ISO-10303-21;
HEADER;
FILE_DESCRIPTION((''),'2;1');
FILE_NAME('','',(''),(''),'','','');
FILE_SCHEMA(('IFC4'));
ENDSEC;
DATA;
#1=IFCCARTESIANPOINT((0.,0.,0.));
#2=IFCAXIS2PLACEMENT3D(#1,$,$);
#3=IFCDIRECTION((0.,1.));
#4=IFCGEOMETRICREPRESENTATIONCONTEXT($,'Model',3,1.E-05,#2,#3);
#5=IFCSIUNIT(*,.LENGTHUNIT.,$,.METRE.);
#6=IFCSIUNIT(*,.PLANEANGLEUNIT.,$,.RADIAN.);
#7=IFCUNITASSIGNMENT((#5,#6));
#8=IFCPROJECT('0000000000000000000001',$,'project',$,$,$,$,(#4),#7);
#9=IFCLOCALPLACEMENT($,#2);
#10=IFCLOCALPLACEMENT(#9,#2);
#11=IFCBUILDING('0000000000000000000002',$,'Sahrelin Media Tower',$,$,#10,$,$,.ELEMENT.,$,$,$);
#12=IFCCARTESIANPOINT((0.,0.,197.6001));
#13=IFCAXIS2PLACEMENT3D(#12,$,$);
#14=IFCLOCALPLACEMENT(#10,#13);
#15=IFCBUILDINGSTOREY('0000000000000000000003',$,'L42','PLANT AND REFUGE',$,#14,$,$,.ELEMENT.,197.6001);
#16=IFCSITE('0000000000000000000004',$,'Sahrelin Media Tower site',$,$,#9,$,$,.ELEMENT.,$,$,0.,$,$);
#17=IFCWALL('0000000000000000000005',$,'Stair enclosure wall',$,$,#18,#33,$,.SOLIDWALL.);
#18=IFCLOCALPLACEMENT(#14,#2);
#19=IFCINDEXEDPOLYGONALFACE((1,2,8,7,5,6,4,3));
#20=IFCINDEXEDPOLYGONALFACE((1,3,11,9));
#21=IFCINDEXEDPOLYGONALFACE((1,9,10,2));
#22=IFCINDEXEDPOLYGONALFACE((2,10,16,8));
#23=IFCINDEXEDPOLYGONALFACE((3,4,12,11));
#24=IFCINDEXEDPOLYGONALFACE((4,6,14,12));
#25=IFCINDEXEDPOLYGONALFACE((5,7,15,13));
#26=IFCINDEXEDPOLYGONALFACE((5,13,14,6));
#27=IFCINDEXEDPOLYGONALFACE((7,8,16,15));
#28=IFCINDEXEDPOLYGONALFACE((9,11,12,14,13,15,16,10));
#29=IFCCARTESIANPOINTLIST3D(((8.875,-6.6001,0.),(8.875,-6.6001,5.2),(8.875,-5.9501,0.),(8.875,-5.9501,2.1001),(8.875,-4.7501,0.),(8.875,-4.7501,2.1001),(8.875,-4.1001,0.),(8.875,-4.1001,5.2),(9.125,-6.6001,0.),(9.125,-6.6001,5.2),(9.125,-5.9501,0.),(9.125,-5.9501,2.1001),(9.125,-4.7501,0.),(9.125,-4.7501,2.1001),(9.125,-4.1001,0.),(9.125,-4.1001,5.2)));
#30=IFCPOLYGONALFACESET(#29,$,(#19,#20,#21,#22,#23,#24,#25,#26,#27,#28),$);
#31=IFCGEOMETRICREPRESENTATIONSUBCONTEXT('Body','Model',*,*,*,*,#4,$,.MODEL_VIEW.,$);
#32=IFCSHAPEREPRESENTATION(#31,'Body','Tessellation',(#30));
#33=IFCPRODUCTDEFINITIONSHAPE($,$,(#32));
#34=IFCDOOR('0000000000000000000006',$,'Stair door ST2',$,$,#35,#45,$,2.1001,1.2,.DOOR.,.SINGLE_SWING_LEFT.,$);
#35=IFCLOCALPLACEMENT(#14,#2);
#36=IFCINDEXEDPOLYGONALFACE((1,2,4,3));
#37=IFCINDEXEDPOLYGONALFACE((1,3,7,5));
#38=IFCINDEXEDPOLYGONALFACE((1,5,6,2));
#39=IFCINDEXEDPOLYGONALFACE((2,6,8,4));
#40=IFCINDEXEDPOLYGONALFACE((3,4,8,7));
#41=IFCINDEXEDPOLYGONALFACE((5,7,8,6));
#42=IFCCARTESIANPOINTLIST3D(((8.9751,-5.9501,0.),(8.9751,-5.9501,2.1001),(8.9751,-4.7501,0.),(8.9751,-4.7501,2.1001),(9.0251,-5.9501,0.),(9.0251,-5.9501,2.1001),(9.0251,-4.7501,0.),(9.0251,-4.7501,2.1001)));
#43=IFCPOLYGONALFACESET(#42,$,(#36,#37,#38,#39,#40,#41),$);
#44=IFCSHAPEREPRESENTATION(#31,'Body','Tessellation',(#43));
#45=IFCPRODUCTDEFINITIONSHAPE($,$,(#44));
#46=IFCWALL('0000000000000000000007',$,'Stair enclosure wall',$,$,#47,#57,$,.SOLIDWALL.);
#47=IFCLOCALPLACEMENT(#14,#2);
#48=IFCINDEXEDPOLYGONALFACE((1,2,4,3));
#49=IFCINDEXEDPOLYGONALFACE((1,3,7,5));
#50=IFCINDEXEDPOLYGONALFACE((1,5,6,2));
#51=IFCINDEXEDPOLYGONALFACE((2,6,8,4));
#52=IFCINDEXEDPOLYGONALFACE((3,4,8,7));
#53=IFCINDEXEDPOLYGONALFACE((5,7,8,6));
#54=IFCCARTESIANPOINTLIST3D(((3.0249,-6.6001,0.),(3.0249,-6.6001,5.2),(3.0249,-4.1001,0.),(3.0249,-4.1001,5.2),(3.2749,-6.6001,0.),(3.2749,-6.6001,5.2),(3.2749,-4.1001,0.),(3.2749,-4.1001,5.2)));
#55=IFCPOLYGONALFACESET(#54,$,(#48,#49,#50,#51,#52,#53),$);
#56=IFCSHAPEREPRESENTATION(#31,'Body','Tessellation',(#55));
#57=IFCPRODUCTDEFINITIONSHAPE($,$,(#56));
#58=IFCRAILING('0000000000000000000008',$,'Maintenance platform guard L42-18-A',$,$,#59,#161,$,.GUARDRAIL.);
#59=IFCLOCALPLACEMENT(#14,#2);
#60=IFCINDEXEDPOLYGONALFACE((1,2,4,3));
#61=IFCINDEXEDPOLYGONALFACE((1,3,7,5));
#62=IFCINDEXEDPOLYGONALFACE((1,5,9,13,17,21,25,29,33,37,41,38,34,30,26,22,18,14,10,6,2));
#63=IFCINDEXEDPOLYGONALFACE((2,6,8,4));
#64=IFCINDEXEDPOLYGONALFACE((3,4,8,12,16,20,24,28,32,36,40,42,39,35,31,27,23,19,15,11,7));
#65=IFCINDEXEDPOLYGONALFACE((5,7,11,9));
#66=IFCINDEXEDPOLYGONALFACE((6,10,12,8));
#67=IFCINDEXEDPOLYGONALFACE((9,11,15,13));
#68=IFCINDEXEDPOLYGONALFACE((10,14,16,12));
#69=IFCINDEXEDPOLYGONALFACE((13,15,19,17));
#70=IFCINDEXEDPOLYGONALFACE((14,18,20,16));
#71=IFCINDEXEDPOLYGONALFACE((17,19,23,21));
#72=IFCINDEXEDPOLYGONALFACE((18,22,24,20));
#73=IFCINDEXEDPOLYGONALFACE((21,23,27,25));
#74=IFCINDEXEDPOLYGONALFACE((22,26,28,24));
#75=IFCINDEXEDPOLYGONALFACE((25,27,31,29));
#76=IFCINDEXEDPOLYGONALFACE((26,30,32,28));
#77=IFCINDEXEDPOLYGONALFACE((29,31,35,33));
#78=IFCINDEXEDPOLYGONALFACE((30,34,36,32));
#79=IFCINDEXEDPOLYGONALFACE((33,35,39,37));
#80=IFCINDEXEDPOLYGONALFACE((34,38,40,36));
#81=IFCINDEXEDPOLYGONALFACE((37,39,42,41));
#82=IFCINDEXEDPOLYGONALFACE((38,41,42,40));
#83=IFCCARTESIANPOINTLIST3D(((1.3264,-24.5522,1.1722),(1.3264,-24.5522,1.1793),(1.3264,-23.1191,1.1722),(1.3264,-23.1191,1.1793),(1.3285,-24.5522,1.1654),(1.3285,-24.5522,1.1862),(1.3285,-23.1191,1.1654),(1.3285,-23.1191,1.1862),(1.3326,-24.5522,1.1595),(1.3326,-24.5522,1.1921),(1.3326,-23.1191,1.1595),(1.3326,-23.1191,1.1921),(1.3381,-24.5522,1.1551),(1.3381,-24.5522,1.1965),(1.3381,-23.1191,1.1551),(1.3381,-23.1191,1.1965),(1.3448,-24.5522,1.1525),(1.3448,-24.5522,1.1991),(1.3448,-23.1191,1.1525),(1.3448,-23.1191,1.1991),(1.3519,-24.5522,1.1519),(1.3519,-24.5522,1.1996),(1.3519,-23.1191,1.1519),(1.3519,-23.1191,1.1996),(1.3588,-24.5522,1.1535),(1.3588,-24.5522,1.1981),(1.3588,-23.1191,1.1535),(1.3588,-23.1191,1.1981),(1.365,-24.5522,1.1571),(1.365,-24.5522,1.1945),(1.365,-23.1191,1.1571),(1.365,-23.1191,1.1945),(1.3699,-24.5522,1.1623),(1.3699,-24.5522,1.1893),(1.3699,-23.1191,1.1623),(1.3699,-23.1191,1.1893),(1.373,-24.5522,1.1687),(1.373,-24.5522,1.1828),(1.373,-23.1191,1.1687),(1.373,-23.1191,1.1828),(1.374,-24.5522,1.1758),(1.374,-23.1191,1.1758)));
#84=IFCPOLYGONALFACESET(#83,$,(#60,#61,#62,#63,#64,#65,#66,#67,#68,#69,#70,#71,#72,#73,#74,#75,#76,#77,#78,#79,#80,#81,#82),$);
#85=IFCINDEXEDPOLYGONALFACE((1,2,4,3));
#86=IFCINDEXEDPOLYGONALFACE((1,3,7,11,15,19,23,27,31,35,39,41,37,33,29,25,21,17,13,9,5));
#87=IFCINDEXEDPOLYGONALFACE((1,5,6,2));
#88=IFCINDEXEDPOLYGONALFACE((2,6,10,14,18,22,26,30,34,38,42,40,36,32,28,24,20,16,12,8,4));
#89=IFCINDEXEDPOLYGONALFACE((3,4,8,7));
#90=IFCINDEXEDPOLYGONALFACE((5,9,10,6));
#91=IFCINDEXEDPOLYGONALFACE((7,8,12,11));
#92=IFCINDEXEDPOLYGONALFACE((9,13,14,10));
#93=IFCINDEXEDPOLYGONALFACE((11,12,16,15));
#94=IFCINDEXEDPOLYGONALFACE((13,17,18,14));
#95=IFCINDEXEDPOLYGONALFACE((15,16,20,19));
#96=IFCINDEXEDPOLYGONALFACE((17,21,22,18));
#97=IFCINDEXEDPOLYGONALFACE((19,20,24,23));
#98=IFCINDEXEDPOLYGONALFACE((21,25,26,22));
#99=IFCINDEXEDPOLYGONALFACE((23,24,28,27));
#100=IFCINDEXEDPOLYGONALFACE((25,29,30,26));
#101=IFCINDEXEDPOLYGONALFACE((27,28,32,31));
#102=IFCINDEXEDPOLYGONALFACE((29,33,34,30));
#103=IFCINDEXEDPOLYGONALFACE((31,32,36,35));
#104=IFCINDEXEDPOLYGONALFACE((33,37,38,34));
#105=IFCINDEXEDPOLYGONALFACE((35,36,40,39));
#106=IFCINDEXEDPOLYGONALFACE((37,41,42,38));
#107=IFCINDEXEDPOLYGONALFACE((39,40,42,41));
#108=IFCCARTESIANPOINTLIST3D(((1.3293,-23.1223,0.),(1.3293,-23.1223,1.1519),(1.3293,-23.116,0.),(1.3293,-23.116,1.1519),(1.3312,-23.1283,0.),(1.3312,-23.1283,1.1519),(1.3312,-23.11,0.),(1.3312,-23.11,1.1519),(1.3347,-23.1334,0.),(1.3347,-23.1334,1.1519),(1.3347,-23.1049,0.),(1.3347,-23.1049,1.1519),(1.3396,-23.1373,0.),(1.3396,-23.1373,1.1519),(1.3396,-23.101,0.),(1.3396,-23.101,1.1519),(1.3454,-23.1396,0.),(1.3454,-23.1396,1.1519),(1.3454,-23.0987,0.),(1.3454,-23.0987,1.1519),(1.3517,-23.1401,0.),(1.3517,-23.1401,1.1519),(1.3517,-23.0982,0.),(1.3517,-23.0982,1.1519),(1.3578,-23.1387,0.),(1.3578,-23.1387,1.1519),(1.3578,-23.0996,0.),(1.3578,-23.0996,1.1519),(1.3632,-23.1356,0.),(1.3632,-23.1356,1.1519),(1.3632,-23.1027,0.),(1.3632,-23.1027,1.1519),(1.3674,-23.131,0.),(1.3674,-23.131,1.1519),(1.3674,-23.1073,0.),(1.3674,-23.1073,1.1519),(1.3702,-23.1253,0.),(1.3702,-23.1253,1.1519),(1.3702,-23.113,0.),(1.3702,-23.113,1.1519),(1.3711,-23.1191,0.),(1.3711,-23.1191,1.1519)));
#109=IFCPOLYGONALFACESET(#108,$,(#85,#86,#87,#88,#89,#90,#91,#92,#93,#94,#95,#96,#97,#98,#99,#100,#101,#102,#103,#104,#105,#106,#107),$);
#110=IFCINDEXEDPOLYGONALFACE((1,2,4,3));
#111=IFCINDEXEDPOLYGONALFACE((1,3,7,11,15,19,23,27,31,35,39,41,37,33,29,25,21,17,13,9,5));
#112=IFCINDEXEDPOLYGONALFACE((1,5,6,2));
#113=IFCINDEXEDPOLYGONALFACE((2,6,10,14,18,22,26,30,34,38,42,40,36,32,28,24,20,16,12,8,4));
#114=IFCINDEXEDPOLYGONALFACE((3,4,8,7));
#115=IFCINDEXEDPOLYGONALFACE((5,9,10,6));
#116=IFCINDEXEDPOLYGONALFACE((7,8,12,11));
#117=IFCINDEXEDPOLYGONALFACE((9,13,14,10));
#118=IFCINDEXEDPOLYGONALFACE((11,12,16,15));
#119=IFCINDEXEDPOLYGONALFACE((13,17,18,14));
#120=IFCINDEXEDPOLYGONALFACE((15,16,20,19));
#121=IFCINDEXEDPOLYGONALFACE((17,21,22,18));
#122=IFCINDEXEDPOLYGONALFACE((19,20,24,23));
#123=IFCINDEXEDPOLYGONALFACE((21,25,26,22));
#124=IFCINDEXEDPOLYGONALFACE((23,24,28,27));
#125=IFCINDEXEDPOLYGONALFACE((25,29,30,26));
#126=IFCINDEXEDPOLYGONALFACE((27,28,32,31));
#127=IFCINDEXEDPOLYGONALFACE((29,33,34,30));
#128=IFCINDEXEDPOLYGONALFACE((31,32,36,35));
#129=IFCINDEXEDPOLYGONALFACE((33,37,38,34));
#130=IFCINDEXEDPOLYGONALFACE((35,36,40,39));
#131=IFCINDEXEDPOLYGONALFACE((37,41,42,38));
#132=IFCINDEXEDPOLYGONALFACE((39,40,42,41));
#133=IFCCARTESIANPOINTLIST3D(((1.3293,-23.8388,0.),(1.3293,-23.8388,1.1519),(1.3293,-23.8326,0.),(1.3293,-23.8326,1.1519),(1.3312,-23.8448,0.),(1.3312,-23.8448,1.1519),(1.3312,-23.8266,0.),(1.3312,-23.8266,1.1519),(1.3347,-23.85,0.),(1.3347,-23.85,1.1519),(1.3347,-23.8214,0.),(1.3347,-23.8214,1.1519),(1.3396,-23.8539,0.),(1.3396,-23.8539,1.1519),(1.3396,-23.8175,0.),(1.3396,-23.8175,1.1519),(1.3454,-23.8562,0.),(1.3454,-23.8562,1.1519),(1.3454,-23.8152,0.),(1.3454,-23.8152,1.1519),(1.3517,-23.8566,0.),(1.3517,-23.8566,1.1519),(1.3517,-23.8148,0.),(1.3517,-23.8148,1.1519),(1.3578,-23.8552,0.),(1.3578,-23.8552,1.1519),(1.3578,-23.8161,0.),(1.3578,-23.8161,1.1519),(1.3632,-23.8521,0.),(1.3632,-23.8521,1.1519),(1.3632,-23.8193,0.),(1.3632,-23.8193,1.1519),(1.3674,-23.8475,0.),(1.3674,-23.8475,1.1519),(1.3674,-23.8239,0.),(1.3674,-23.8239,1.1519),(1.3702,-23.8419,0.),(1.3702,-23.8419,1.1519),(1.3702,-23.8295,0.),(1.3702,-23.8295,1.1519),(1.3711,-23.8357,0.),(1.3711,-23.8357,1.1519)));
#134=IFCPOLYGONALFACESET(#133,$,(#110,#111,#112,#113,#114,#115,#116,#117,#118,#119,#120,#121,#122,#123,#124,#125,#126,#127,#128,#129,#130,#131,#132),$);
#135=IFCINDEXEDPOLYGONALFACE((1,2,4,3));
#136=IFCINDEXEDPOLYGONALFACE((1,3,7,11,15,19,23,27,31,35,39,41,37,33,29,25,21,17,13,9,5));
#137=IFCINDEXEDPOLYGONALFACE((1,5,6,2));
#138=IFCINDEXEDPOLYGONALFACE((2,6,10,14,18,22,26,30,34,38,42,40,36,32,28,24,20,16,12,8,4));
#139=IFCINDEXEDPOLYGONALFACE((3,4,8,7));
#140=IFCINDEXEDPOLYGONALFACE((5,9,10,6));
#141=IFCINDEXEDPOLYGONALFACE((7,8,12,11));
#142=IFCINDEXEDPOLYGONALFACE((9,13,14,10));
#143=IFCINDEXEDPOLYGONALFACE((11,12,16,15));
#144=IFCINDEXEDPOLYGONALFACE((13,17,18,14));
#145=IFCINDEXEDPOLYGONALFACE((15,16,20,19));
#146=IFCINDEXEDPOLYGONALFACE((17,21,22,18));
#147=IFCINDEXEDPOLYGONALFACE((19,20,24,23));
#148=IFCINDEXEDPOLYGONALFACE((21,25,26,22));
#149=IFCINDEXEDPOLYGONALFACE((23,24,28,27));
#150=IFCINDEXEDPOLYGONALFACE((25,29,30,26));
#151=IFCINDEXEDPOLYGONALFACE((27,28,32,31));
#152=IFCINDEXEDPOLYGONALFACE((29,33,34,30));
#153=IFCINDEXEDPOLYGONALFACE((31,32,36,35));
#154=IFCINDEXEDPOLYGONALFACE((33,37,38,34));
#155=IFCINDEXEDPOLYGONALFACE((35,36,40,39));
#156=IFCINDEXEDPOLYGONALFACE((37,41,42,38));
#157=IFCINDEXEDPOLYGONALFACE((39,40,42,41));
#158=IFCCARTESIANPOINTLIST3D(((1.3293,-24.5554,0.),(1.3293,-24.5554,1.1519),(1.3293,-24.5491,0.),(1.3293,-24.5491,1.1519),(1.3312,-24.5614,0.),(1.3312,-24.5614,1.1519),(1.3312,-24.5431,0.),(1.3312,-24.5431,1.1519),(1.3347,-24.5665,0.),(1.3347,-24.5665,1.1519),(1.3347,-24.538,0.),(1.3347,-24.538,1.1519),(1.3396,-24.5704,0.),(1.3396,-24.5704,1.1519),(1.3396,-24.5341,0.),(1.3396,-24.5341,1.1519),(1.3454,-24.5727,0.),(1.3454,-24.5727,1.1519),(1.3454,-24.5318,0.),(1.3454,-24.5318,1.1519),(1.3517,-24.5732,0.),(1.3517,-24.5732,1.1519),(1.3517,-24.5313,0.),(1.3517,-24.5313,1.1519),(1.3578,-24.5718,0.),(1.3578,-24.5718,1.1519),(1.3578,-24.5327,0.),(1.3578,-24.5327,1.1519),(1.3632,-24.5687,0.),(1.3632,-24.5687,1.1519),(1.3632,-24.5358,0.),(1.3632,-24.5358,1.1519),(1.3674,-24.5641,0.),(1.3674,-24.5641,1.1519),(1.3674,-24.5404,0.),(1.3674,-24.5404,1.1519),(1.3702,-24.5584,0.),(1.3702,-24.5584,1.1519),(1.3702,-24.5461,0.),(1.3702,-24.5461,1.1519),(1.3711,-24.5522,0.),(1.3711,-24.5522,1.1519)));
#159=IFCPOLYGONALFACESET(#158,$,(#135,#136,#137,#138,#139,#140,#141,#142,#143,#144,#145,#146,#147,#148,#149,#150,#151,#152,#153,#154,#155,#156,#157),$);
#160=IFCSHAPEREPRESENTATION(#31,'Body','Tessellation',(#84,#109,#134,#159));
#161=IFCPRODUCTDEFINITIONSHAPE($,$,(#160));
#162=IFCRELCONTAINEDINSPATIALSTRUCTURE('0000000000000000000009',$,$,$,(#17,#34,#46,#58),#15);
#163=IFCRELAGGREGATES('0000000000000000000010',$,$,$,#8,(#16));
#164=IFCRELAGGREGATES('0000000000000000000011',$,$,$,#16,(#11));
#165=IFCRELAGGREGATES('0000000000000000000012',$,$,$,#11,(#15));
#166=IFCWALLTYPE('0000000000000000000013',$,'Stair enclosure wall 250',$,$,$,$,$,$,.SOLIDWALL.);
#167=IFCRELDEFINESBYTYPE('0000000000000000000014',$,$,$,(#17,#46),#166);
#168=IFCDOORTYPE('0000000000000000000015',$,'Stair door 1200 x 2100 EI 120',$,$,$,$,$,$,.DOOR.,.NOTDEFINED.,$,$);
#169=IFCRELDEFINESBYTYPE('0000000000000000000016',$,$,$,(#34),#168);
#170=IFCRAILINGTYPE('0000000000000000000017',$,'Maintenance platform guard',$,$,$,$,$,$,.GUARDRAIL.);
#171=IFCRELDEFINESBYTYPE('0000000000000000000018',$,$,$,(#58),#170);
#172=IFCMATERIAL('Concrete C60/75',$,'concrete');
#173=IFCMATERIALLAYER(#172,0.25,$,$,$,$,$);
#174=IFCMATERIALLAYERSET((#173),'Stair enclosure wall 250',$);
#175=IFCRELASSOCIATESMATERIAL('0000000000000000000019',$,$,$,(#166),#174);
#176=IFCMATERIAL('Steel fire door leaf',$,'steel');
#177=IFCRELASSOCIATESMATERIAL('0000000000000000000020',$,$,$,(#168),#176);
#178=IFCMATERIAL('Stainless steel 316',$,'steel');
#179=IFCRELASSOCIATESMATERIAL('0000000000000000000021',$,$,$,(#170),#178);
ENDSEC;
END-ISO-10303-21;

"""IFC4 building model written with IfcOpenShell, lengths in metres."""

from ifc_helpers import new_model, si_unit, direction, frame, frame_2d, origin, origin_2d, place, context, subcontext, project, spatial, rectangle, circle, extrude, material, layer, layer_set, type_object, element, fill, save


model = new_model("IFC4")

# Units and contexts
model_context = context("Model", 3, precision=1e-05, world=origin(), true_north=direction((0.0, 1.0)))
body_context = subcontext(model_context, "Body", "Model", "MODEL_VIEW")
ifc_project = project(units=[si_unit("LENGTHUNIT", "METRE"), si_unit("PLANEANGLEUNIT", "RADIAN")], contexts=[model_context])

# Site, building, storey
site_placement = place(None, origin())
site = spatial("IfcSite", under=ifc_project, at=site_placement, Name="Sahrelin Media Tower site", CompositionType="ELEMENT", RefElevation=0.0)
building_placement = place(site_placement, origin())
building = spatial("IfcBuilding", under=site, at=building_placement, Name="Sahrelin Media Tower", CompositionType="ELEMENT")
storey_placement = place(building_placement, frame((0.0, 0.0, 197.6001)))
storey = spatial("IfcBuildingStorey", under=building, at=storey_placement, Name="L42", Description="PLANT AND REFUGE", CompositionType="ELEMENT", Elevation=197.6001)

# Shared definitions
ifc_material_1 = material(Name="Steel fire door leaf", Category="steel")

# Wall, opening, door
ifc_material_2 = material(Name="Concrete C60/75", Category="concrete")
ifc_layer_1 = layer(ifc_material_2, 0.25)
ifc_layer_set_1 = layer_set([ifc_layer_1], Name="Stair enclosure wall 250")
wall_type_1 = type_object("IfcWallType", Name="Stair enclosure wall 250", PredefinedType="SOLIDWALL", material=ifc_layer_set_1)
wall_1_placement = place(storey_placement, frame((9.0, -6.6001, 0.0), z_axis=(0.0, 0.0, 1.0), x_axis=(0.0, 1.0, 0.0)))
wall_1 = element("IfcWall", 1, at=wall_1_placement, inside=storey, type_object=wall_type_1, Name="Stair enclosure wall", PredefinedType="SOLIDWALL", context=body_context, shape_type="SweptSolid", body=[
    extrude(rectangle(XDim=2.5, YDim=0.25, at=frame_2d((1.25, 0.0))), origin(), (0.0, 0.0, 1.0), 5.2),
])
opening_1_placement = place(wall_1_placement, frame((0.6499, 0.0, 0.0)))
opening_1 = element("IfcOpeningElement", 2, at=opening_1_placement, cuts=wall_1, PredefinedType="OPENING", context=body_context, shape_type="SweptSolid", body=[
    extrude(rectangle(XDim=1.2, YDim=2.1001, at=frame_2d((0.6001, 1.05))), frame((0.0, 0.125, 0.0), z_axis=(0.0, -1.0, 0.0), x_axis=(1.0, 0.0, 0.0)), (0.0, 0.0, 1.0), 0.25),
])
door_type_1 = type_object("IfcDoorType", Name="Stair door 1200 x 2100 EI 120", OperationType="NOTDEFINED", PredefinedType="DOOR", material=ifc_material_1)
door_1_placement = place(opening_1_placement, origin())
door_1 = element("IfcDoor", 3, at=door_1_placement, inside=storey, type_object=door_type_1, Name="Stair door ST2", OperationType="SINGLE_SWING_LEFT", OverallHeight=2.1001, OverallWidth=1.2, PredefinedType="DOOR", context=body_context, shape_type="SweptSolid", body=[
    extrude(rectangle(XDim=1.2, YDim=2.1001, at=frame_2d((0.6001, 1.05))), frame((0.0, 0.0249, 0.0), z_axis=(0.0, -1.0, 0.0), x_axis=(1.0, 0.0, 0.0)), (0.0, 0.0, 1.0), 0.05),
])
fill(opening_1, door_1)

# Wall
wall_2_placement = place(storey_placement, frame((3.1499, -6.6001, 0.0), z_axis=(0.0, 0.0, 1.0), x_axis=(0.0, 1.0, 0.0)))
element("IfcWall", 4, at=wall_2_placement, inside=storey, type_object=wall_type_1, Name="Stair enclosure wall", PredefinedType="SOLIDWALL", context=body_context, shape_type="SweptSolid", body=[
    extrude(rectangle(XDim=2.5, YDim=0.25, at=frame_2d((1.25, 0.0))), origin(), (0.0, 0.0, 1.0), 5.2),
])

# Railing
ifc_material_3 = material(Name="Stainless steel 316", Category="steel")
railing_type = type_object("IfcRailingType", Name="Maintenance platform guard", PredefinedType="GUARDRAIL", material=ifc_material_3)
for number, where, name in (
    (5, (1.3501, -23.1191, 0.0), "Maintenance platform guard L42-18-A"),
):
    element("IfcRailing", number, at=place(storey_placement, frame(where)), inside=storey, type_object=railing_type, Name=name, PredefinedType="GUARDRAIL", context=body_context, shape_type="SweptSolid", body=[
        extrude(circle(Radius=0.0239, at=origin_2d()), frame((0.0, 0.0, 1.1758), z_axis=(0.0, -1.0, 0.0), x_axis=(1.0, 0.0, 0.0)), (0.0, 0.0, 1.0), 1.4331),
        extrude(circle(Radius=0.021, at=origin_2d()), origin(), (0.0, 0.0, 1.0), 1.1519),
        extrude(circle(Radius=0.021, at=origin_2d()), frame((0.0, -0.7166, 0.0)), (0.0, 0.0, 1.0), 1.1519),
        extrude(circle(Radius=0.021, at=origin_2d()), frame((0.0, -1.4331, 0.0)), (0.0, 0.0, 1.0), 1.1519),
    ])

save(model, "model.ifc")
